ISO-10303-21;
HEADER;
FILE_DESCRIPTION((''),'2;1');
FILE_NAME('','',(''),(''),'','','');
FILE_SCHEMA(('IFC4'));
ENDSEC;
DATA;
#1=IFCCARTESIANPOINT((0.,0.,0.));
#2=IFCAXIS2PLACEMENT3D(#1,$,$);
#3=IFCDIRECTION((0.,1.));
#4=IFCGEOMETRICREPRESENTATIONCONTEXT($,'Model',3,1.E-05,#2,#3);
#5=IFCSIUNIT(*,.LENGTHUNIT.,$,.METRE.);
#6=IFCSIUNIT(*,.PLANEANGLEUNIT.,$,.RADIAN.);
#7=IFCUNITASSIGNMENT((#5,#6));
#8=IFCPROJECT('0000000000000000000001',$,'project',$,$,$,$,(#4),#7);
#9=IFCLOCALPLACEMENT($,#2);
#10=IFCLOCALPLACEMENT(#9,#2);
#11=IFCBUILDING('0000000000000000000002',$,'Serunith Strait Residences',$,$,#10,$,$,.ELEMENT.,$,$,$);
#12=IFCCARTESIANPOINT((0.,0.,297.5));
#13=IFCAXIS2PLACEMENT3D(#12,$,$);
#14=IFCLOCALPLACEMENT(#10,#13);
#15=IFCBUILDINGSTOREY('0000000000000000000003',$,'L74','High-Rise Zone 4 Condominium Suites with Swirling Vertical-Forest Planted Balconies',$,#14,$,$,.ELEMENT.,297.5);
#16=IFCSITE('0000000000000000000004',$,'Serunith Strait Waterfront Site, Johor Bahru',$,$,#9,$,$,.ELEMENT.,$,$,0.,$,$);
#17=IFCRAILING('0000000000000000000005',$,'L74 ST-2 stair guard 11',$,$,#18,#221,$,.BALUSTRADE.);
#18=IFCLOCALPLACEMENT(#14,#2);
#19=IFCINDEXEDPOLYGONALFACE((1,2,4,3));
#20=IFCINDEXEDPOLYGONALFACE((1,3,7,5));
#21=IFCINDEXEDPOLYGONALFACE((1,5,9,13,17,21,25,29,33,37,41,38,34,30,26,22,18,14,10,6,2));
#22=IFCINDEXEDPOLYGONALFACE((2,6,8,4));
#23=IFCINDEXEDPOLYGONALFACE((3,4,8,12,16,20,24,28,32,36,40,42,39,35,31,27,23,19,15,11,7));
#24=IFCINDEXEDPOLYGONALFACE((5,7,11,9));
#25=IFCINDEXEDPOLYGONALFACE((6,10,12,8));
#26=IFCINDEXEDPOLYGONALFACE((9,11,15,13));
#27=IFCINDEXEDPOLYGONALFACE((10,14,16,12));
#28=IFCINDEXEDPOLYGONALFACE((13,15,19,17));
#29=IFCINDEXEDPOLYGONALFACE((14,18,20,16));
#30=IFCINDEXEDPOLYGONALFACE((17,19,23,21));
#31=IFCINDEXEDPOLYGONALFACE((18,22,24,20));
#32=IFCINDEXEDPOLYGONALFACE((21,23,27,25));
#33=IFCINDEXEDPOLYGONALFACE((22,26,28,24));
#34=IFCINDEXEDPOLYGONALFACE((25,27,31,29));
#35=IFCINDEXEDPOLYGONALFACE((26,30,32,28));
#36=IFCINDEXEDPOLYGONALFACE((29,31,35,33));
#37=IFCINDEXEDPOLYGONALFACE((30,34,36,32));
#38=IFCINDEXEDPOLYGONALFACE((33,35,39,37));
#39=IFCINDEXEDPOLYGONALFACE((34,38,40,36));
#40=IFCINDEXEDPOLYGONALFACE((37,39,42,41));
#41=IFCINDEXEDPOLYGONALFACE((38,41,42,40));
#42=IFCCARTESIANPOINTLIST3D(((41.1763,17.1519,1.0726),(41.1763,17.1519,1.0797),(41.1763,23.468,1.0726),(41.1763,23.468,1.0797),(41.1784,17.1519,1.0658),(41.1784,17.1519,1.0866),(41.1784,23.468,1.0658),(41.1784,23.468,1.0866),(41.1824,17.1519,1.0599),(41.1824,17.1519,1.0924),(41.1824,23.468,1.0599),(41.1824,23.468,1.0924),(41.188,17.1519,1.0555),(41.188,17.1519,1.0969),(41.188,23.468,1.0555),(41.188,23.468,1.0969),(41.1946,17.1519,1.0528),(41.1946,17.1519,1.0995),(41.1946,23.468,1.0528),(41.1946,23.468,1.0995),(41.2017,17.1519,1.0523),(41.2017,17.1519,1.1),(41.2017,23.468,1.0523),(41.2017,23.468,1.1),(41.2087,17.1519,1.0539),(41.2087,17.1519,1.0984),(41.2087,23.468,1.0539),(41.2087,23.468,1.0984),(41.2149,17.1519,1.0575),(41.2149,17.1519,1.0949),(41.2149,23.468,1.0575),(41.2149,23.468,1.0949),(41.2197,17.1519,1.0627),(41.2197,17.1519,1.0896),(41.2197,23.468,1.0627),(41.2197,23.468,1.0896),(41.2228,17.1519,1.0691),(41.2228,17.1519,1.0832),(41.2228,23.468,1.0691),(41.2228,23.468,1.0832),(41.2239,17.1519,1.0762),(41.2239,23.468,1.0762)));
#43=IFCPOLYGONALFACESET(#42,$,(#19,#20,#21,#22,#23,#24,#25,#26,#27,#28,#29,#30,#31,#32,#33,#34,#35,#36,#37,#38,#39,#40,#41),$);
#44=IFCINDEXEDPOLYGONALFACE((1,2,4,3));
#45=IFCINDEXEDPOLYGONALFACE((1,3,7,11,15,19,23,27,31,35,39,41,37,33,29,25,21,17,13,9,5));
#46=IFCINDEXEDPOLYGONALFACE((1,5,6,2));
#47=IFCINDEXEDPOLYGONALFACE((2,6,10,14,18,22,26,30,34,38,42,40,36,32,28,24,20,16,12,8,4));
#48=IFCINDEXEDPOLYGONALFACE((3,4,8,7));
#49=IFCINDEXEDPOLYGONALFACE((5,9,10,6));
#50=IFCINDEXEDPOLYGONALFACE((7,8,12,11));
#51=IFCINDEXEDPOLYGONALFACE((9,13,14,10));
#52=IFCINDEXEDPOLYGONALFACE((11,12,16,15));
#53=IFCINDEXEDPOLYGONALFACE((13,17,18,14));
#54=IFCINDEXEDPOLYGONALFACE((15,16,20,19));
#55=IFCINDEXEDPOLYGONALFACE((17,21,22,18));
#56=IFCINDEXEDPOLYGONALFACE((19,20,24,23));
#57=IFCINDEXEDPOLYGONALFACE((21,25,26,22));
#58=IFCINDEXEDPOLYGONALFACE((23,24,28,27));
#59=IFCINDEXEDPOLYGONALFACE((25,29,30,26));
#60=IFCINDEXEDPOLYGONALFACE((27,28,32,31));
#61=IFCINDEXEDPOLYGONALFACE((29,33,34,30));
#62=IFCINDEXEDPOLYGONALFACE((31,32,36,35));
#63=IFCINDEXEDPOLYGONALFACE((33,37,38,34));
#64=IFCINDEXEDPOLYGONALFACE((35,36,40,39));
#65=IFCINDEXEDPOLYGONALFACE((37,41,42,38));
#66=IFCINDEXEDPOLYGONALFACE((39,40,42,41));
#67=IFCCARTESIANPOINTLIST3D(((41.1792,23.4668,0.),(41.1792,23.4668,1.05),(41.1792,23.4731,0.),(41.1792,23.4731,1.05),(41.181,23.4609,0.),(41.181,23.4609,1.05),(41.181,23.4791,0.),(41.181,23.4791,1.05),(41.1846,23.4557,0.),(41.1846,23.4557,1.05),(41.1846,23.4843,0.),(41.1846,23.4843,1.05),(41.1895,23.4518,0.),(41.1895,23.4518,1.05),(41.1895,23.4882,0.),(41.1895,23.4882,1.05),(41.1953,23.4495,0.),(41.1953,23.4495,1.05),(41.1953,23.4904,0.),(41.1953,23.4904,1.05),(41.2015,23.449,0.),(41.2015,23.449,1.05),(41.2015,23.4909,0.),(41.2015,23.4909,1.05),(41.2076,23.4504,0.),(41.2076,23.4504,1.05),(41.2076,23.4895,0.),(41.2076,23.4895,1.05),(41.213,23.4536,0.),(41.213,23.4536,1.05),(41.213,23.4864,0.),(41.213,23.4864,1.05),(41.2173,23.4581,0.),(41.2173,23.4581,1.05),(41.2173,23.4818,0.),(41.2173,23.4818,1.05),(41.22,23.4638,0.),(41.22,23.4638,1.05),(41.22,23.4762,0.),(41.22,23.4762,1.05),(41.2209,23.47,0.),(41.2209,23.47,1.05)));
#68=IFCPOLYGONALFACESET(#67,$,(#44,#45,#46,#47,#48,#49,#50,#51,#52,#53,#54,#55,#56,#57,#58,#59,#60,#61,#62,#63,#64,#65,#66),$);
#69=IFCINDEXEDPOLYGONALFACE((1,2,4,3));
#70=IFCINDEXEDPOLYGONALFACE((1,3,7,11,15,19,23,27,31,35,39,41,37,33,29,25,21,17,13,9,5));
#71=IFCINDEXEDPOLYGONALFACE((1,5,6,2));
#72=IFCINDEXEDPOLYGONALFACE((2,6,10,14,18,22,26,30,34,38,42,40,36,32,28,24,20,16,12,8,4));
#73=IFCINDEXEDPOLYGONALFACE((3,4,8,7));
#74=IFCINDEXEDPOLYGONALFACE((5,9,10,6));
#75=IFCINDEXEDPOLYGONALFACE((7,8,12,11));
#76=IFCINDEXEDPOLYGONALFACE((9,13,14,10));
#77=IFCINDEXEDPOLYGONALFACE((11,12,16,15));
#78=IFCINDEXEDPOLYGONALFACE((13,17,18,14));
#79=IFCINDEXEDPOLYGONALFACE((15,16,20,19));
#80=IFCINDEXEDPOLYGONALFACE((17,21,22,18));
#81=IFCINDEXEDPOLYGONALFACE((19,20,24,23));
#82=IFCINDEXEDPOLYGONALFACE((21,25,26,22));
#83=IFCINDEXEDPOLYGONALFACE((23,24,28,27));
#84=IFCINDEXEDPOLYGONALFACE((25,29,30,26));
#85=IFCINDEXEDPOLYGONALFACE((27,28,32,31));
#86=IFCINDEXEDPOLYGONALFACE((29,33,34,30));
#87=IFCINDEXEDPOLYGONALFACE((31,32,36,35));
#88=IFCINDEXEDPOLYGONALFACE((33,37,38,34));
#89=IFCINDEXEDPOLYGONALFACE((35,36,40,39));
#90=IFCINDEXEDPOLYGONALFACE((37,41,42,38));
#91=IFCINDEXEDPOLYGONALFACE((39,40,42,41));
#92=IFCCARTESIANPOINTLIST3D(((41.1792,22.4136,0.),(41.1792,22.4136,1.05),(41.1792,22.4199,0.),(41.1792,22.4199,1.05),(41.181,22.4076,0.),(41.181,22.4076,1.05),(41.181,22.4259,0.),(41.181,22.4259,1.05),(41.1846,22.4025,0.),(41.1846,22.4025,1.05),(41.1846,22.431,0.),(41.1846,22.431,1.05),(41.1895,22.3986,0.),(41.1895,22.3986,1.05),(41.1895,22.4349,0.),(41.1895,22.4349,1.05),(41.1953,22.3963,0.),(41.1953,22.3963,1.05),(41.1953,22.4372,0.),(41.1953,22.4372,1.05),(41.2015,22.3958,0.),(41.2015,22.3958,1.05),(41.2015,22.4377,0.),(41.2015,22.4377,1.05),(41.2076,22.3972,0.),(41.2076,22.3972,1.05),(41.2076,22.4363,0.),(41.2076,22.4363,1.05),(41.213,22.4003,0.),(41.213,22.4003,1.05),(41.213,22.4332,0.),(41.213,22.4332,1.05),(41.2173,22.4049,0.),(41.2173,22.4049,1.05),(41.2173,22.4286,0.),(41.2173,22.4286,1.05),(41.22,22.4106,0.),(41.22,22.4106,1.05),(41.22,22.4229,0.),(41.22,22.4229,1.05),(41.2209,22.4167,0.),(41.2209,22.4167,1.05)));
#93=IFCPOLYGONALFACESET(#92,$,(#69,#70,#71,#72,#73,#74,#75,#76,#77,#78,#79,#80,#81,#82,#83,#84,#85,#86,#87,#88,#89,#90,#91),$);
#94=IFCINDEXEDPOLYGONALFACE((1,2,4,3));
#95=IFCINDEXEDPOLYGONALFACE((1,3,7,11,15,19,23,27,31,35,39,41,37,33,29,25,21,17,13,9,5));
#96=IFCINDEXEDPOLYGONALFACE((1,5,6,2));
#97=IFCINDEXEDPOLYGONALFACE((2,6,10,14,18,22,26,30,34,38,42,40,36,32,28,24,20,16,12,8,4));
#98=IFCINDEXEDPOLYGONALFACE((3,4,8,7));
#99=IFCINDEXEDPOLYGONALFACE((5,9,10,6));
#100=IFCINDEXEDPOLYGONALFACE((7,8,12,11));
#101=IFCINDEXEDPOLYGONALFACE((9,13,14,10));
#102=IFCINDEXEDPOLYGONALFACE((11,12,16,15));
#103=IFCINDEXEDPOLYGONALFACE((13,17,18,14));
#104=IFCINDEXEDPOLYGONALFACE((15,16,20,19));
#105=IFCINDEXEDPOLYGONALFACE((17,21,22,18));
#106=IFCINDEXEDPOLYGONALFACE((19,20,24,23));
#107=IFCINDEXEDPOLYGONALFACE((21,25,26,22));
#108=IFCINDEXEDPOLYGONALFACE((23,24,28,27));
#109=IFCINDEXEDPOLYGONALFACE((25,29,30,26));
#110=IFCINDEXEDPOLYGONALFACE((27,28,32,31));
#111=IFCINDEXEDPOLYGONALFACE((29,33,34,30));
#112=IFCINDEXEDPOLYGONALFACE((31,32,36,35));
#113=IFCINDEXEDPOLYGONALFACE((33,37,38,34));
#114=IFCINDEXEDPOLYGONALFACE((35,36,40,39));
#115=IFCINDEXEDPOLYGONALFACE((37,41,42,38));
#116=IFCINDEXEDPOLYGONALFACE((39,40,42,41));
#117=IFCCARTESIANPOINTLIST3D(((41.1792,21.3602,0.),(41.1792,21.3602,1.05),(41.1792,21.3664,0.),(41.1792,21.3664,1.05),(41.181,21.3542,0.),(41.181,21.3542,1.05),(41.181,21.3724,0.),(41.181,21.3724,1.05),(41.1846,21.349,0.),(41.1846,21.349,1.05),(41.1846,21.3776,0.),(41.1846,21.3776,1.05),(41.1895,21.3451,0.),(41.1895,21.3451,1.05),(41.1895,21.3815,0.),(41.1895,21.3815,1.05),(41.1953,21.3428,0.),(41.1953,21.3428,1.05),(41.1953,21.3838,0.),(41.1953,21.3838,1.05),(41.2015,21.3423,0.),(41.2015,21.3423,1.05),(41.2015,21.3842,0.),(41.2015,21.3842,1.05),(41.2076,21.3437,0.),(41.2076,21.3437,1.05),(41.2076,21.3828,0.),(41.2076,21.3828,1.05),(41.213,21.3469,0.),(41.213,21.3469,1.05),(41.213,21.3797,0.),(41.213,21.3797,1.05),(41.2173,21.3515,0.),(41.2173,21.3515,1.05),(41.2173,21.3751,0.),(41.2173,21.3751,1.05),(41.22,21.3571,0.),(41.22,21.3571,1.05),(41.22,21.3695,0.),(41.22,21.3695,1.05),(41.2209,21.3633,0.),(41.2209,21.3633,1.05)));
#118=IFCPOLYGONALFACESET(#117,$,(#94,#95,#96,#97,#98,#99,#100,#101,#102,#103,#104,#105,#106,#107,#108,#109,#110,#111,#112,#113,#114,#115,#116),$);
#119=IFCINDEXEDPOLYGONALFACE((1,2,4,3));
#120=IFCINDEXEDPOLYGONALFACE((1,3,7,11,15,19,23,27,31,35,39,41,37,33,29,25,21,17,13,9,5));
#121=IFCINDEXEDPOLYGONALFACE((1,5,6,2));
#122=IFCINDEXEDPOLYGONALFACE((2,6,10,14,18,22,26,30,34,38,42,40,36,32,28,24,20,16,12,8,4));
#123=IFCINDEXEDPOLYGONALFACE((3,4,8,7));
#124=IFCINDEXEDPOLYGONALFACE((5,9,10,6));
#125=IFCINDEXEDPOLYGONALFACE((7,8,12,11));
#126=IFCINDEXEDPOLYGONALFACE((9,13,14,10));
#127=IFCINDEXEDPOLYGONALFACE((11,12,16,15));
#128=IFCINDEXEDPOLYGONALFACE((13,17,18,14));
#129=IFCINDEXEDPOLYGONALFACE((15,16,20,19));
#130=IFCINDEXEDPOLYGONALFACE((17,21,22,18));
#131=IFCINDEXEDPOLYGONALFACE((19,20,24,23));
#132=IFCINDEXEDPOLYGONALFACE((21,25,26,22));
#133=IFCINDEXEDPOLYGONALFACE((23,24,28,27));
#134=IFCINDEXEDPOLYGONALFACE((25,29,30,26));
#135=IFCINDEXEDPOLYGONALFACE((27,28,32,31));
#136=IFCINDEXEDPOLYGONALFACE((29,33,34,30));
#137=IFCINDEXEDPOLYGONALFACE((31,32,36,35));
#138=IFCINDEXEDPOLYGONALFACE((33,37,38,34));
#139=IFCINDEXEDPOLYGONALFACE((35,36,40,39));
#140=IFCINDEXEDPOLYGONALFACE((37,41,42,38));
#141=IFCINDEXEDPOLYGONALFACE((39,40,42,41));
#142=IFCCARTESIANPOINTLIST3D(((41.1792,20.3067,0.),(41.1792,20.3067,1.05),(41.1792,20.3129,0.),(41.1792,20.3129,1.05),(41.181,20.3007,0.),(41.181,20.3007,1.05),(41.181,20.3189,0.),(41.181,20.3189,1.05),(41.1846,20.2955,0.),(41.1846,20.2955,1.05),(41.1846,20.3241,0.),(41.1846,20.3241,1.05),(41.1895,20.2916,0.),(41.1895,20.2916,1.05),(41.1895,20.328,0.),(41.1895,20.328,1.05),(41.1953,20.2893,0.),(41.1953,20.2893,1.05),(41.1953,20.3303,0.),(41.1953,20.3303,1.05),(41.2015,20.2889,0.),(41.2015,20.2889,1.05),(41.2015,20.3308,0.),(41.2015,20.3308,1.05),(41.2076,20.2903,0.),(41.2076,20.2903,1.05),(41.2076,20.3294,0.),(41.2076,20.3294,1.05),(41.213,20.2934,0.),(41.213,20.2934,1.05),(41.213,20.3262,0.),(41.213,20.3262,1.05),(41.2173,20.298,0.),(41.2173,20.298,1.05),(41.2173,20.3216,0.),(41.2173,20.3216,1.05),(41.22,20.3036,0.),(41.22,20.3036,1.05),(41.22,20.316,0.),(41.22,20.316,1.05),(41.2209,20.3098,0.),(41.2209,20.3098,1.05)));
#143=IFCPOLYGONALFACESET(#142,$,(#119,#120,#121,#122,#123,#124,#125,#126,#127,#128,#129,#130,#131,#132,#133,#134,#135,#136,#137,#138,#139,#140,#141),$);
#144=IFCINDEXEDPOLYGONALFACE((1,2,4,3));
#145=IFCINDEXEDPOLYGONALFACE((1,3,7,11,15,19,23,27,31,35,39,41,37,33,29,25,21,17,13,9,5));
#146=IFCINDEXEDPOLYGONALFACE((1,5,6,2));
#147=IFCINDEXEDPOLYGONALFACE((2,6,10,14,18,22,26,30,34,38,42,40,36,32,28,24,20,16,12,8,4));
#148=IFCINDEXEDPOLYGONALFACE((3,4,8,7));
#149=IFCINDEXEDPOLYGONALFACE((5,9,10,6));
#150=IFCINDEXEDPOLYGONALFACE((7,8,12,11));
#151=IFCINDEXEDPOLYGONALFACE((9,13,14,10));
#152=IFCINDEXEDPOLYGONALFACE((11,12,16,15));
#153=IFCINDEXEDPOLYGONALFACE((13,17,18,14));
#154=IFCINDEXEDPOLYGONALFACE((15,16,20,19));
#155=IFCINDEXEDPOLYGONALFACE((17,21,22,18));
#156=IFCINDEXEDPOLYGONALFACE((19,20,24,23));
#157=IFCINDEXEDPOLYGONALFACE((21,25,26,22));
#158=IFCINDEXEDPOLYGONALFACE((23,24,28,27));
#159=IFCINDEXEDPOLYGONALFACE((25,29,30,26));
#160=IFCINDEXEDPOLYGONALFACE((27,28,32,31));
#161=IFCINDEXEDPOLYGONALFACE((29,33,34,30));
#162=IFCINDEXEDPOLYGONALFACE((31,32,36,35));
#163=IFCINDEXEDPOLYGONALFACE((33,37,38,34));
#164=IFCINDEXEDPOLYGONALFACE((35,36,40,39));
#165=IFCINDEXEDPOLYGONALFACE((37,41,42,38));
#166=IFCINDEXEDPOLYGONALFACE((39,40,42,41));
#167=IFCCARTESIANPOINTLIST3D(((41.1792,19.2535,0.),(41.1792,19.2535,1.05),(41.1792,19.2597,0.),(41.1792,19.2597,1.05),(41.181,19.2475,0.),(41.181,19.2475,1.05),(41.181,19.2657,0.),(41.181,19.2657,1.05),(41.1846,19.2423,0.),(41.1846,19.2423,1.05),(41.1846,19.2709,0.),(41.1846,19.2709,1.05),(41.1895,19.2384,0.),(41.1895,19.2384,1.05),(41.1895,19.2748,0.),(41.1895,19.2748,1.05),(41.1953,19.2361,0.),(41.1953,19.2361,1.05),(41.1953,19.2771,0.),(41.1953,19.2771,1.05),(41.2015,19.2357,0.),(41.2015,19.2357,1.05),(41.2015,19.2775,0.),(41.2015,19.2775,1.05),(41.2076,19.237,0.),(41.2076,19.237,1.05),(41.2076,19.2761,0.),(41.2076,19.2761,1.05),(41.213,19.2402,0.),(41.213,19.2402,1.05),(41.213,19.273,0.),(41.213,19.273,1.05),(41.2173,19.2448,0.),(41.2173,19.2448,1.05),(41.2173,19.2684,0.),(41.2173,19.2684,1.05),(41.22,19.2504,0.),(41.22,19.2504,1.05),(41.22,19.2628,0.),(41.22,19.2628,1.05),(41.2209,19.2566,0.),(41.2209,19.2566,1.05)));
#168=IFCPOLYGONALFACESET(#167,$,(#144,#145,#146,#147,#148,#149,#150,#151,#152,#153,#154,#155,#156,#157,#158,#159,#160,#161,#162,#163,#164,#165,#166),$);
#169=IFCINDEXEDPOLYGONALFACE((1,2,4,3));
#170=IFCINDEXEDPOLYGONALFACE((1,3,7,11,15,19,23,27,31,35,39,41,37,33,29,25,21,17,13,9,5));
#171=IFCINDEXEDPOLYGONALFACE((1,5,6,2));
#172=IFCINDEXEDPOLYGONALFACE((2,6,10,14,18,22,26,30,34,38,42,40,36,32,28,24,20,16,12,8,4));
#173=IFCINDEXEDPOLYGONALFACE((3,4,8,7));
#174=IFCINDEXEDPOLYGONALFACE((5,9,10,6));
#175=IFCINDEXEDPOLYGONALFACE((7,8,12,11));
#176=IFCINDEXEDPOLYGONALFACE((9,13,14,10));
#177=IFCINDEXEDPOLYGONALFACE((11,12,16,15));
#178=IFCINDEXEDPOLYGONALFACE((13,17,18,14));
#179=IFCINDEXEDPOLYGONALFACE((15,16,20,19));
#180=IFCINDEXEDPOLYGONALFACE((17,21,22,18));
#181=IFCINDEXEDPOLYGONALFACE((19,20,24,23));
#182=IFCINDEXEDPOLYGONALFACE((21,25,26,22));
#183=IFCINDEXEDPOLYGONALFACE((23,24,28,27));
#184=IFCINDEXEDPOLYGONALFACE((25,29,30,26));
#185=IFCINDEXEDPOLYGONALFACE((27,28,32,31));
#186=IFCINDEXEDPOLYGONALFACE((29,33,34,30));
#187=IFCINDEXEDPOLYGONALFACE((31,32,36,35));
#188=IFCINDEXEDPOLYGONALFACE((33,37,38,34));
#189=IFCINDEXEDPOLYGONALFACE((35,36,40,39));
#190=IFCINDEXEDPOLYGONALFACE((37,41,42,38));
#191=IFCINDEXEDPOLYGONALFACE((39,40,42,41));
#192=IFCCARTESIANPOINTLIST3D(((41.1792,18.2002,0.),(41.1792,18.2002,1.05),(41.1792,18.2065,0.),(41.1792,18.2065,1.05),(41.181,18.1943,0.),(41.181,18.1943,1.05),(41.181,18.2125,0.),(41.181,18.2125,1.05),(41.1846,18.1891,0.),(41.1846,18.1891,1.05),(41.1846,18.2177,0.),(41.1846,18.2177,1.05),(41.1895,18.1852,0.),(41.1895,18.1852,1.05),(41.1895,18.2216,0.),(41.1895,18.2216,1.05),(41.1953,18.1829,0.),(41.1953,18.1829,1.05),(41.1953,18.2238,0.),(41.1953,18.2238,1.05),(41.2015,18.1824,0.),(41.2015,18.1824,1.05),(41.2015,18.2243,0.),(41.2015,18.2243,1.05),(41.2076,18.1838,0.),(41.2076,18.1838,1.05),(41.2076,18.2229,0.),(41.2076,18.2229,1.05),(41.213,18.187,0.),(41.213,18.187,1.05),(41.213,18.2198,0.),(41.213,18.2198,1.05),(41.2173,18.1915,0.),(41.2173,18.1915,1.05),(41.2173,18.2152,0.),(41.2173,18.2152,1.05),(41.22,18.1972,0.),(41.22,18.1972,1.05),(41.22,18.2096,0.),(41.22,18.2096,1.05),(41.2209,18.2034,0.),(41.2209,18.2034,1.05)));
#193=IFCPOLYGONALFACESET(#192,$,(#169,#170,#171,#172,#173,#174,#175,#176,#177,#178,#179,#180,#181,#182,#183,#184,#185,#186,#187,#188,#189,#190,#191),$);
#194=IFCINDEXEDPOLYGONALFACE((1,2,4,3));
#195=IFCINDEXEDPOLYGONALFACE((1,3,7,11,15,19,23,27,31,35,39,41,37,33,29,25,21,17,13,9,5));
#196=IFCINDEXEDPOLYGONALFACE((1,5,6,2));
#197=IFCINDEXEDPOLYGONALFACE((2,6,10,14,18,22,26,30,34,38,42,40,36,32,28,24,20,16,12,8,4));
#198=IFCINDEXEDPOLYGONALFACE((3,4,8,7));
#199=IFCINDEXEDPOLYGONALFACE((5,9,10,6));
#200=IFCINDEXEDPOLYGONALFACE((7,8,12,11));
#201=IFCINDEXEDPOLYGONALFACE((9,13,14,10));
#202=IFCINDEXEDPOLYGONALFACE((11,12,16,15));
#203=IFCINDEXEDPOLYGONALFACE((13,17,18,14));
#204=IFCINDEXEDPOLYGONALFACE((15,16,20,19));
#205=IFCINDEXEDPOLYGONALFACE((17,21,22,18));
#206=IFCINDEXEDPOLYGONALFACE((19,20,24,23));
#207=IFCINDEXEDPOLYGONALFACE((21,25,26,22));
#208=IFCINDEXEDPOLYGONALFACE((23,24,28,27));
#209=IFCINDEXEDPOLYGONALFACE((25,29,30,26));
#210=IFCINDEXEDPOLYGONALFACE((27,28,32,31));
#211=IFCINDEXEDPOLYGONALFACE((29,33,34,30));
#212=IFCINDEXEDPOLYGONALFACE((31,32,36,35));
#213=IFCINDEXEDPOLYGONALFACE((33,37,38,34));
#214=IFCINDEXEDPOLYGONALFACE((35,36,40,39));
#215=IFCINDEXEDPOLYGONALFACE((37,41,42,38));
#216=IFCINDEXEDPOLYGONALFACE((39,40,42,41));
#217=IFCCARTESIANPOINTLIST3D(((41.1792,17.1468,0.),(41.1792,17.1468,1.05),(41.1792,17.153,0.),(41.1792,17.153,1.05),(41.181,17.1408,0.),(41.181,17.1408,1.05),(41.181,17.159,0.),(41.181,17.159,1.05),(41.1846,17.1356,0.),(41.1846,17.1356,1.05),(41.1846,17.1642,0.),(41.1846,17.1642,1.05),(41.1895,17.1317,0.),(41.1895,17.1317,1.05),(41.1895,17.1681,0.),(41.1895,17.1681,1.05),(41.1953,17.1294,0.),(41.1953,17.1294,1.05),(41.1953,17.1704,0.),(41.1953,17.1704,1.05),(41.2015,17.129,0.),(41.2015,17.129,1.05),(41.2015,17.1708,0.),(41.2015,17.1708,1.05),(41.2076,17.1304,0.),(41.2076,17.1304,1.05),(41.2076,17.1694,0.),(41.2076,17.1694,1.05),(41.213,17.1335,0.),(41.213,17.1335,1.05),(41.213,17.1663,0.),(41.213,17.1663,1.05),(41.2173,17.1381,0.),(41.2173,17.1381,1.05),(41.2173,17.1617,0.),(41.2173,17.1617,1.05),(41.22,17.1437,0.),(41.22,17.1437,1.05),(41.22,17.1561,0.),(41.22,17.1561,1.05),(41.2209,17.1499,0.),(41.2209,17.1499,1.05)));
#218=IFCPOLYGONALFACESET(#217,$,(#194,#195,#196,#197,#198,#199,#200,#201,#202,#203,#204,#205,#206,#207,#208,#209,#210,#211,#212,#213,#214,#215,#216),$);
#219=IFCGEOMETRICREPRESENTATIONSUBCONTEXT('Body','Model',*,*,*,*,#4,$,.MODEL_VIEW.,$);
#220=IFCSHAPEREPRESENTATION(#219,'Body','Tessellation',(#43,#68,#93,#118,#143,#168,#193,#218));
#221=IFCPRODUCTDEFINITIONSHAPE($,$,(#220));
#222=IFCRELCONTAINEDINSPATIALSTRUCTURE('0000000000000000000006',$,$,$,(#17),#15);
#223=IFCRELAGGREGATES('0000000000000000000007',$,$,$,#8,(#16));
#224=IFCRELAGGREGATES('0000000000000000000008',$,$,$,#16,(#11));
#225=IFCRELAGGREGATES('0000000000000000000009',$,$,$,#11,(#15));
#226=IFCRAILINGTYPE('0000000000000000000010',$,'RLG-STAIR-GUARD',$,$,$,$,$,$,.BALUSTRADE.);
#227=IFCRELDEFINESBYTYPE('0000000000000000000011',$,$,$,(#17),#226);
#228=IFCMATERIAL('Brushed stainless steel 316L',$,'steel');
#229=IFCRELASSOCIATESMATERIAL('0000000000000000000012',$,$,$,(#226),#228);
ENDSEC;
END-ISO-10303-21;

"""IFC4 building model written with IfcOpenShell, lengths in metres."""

from ifc_helpers import new_model, si_unit, direction, frame, origin, origin_2d, place, context, subcontext, project, spatial, circle, extrude, material, type_object, element, save


model = new_model("IFC4")

# Units and contexts
model_context = context("Model", 3, precision=1e-05, world=origin(), true_north=direction((0.0, 1.0)))
body_context = subcontext(model_context, "Body", "Model", "MODEL_VIEW")
ifc_project = project(units=[si_unit("LENGTHUNIT", "METRE"), si_unit("PLANEANGLEUNIT", "RADIAN")], contexts=[model_context])

# Site, building, storey
site_placement = place(None, origin())
site = spatial("IfcSite", under=ifc_project, at=site_placement, Name="Serunith Strait Waterfront Site, Johor Bahru", CompositionType="ELEMENT", RefElevation=0.0)
building_placement = place(site_placement, origin())
building = spatial("IfcBuilding", under=site, at=building_placement, Name="Serunith Strait Residences", CompositionType="ELEMENT")
storey_placement = place(building_placement, frame((0.0, 0.0, 297.5)))
storey = spatial("IfcBuildingStorey", under=building, at=storey_placement, Name="L74", Description="High-Rise Zone 4 Condominium Suites with Swirling Vertical-Forest Planted Balconies", CompositionType="ELEMENT", Elevation=297.5)

# Railing
ifc_material_1 = material(Name="Brushed stainless steel 316L", Category="steel")
railing_type = type_object("IfcRailingType", Name="RLG-STAIR-GUARD", PredefinedType="BALUSTRADE", material=ifc_material_1)
railing_placement = place(storey_placement, frame((41.2, 23.47, 0.0)))
element("IfcRailing", 1, at=railing_placement, inside=storey, type_object=railing_type, Name="L74 ST-2 stair guard 11", PredefinedType="BALUSTRADE", context=body_context, shape_type="SweptSolid", body=[
    extrude(circle(Radius=0.0239, at=origin_2d()), frame((0.0, -0.002, 1.0762), z_axis=(0.0, -1.0, 0.0), x_axis=(1.0, 0.0, 0.0)), (0.0, 0.0, 1.0), 6.3162),
    extrude(circle(Radius=0.021, at=origin_2d()), origin(), (0.0, 0.0, 1.0), 1.05),
    extrude(circle(Radius=0.021, at=origin_2d()), frame((0.0, -1.0532, 0.0)), (0.0, 0.0, 1.0), 1.05),
    extrude(circle(Radius=0.021, at=origin_2d()), frame((0.0, -2.1067, 0.0)), (0.0, 0.0, 1.0), 1.05),
    extrude(circle(Radius=0.021, at=origin_2d()), frame((0.0, -3.1602, 0.0)), (0.0, 0.0, 1.0), 1.05),
    extrude(circle(Radius=0.021, at=origin_2d()), frame((0.0, -4.2134, 0.0)), (0.0, 0.0, 1.0), 1.05),
    extrude(circle(Radius=0.021, at=origin_2d()), frame((0.0, -5.2666, 0.0)), (0.0, 0.0, 1.0), 1.05),
    extrude(circle(Radius=0.021, at=origin_2d()), frame((0.0, -6.3201, 0.0)), (0.0, 0.0, 1.0), 1.05),
])

save(model, "model.ifc")
